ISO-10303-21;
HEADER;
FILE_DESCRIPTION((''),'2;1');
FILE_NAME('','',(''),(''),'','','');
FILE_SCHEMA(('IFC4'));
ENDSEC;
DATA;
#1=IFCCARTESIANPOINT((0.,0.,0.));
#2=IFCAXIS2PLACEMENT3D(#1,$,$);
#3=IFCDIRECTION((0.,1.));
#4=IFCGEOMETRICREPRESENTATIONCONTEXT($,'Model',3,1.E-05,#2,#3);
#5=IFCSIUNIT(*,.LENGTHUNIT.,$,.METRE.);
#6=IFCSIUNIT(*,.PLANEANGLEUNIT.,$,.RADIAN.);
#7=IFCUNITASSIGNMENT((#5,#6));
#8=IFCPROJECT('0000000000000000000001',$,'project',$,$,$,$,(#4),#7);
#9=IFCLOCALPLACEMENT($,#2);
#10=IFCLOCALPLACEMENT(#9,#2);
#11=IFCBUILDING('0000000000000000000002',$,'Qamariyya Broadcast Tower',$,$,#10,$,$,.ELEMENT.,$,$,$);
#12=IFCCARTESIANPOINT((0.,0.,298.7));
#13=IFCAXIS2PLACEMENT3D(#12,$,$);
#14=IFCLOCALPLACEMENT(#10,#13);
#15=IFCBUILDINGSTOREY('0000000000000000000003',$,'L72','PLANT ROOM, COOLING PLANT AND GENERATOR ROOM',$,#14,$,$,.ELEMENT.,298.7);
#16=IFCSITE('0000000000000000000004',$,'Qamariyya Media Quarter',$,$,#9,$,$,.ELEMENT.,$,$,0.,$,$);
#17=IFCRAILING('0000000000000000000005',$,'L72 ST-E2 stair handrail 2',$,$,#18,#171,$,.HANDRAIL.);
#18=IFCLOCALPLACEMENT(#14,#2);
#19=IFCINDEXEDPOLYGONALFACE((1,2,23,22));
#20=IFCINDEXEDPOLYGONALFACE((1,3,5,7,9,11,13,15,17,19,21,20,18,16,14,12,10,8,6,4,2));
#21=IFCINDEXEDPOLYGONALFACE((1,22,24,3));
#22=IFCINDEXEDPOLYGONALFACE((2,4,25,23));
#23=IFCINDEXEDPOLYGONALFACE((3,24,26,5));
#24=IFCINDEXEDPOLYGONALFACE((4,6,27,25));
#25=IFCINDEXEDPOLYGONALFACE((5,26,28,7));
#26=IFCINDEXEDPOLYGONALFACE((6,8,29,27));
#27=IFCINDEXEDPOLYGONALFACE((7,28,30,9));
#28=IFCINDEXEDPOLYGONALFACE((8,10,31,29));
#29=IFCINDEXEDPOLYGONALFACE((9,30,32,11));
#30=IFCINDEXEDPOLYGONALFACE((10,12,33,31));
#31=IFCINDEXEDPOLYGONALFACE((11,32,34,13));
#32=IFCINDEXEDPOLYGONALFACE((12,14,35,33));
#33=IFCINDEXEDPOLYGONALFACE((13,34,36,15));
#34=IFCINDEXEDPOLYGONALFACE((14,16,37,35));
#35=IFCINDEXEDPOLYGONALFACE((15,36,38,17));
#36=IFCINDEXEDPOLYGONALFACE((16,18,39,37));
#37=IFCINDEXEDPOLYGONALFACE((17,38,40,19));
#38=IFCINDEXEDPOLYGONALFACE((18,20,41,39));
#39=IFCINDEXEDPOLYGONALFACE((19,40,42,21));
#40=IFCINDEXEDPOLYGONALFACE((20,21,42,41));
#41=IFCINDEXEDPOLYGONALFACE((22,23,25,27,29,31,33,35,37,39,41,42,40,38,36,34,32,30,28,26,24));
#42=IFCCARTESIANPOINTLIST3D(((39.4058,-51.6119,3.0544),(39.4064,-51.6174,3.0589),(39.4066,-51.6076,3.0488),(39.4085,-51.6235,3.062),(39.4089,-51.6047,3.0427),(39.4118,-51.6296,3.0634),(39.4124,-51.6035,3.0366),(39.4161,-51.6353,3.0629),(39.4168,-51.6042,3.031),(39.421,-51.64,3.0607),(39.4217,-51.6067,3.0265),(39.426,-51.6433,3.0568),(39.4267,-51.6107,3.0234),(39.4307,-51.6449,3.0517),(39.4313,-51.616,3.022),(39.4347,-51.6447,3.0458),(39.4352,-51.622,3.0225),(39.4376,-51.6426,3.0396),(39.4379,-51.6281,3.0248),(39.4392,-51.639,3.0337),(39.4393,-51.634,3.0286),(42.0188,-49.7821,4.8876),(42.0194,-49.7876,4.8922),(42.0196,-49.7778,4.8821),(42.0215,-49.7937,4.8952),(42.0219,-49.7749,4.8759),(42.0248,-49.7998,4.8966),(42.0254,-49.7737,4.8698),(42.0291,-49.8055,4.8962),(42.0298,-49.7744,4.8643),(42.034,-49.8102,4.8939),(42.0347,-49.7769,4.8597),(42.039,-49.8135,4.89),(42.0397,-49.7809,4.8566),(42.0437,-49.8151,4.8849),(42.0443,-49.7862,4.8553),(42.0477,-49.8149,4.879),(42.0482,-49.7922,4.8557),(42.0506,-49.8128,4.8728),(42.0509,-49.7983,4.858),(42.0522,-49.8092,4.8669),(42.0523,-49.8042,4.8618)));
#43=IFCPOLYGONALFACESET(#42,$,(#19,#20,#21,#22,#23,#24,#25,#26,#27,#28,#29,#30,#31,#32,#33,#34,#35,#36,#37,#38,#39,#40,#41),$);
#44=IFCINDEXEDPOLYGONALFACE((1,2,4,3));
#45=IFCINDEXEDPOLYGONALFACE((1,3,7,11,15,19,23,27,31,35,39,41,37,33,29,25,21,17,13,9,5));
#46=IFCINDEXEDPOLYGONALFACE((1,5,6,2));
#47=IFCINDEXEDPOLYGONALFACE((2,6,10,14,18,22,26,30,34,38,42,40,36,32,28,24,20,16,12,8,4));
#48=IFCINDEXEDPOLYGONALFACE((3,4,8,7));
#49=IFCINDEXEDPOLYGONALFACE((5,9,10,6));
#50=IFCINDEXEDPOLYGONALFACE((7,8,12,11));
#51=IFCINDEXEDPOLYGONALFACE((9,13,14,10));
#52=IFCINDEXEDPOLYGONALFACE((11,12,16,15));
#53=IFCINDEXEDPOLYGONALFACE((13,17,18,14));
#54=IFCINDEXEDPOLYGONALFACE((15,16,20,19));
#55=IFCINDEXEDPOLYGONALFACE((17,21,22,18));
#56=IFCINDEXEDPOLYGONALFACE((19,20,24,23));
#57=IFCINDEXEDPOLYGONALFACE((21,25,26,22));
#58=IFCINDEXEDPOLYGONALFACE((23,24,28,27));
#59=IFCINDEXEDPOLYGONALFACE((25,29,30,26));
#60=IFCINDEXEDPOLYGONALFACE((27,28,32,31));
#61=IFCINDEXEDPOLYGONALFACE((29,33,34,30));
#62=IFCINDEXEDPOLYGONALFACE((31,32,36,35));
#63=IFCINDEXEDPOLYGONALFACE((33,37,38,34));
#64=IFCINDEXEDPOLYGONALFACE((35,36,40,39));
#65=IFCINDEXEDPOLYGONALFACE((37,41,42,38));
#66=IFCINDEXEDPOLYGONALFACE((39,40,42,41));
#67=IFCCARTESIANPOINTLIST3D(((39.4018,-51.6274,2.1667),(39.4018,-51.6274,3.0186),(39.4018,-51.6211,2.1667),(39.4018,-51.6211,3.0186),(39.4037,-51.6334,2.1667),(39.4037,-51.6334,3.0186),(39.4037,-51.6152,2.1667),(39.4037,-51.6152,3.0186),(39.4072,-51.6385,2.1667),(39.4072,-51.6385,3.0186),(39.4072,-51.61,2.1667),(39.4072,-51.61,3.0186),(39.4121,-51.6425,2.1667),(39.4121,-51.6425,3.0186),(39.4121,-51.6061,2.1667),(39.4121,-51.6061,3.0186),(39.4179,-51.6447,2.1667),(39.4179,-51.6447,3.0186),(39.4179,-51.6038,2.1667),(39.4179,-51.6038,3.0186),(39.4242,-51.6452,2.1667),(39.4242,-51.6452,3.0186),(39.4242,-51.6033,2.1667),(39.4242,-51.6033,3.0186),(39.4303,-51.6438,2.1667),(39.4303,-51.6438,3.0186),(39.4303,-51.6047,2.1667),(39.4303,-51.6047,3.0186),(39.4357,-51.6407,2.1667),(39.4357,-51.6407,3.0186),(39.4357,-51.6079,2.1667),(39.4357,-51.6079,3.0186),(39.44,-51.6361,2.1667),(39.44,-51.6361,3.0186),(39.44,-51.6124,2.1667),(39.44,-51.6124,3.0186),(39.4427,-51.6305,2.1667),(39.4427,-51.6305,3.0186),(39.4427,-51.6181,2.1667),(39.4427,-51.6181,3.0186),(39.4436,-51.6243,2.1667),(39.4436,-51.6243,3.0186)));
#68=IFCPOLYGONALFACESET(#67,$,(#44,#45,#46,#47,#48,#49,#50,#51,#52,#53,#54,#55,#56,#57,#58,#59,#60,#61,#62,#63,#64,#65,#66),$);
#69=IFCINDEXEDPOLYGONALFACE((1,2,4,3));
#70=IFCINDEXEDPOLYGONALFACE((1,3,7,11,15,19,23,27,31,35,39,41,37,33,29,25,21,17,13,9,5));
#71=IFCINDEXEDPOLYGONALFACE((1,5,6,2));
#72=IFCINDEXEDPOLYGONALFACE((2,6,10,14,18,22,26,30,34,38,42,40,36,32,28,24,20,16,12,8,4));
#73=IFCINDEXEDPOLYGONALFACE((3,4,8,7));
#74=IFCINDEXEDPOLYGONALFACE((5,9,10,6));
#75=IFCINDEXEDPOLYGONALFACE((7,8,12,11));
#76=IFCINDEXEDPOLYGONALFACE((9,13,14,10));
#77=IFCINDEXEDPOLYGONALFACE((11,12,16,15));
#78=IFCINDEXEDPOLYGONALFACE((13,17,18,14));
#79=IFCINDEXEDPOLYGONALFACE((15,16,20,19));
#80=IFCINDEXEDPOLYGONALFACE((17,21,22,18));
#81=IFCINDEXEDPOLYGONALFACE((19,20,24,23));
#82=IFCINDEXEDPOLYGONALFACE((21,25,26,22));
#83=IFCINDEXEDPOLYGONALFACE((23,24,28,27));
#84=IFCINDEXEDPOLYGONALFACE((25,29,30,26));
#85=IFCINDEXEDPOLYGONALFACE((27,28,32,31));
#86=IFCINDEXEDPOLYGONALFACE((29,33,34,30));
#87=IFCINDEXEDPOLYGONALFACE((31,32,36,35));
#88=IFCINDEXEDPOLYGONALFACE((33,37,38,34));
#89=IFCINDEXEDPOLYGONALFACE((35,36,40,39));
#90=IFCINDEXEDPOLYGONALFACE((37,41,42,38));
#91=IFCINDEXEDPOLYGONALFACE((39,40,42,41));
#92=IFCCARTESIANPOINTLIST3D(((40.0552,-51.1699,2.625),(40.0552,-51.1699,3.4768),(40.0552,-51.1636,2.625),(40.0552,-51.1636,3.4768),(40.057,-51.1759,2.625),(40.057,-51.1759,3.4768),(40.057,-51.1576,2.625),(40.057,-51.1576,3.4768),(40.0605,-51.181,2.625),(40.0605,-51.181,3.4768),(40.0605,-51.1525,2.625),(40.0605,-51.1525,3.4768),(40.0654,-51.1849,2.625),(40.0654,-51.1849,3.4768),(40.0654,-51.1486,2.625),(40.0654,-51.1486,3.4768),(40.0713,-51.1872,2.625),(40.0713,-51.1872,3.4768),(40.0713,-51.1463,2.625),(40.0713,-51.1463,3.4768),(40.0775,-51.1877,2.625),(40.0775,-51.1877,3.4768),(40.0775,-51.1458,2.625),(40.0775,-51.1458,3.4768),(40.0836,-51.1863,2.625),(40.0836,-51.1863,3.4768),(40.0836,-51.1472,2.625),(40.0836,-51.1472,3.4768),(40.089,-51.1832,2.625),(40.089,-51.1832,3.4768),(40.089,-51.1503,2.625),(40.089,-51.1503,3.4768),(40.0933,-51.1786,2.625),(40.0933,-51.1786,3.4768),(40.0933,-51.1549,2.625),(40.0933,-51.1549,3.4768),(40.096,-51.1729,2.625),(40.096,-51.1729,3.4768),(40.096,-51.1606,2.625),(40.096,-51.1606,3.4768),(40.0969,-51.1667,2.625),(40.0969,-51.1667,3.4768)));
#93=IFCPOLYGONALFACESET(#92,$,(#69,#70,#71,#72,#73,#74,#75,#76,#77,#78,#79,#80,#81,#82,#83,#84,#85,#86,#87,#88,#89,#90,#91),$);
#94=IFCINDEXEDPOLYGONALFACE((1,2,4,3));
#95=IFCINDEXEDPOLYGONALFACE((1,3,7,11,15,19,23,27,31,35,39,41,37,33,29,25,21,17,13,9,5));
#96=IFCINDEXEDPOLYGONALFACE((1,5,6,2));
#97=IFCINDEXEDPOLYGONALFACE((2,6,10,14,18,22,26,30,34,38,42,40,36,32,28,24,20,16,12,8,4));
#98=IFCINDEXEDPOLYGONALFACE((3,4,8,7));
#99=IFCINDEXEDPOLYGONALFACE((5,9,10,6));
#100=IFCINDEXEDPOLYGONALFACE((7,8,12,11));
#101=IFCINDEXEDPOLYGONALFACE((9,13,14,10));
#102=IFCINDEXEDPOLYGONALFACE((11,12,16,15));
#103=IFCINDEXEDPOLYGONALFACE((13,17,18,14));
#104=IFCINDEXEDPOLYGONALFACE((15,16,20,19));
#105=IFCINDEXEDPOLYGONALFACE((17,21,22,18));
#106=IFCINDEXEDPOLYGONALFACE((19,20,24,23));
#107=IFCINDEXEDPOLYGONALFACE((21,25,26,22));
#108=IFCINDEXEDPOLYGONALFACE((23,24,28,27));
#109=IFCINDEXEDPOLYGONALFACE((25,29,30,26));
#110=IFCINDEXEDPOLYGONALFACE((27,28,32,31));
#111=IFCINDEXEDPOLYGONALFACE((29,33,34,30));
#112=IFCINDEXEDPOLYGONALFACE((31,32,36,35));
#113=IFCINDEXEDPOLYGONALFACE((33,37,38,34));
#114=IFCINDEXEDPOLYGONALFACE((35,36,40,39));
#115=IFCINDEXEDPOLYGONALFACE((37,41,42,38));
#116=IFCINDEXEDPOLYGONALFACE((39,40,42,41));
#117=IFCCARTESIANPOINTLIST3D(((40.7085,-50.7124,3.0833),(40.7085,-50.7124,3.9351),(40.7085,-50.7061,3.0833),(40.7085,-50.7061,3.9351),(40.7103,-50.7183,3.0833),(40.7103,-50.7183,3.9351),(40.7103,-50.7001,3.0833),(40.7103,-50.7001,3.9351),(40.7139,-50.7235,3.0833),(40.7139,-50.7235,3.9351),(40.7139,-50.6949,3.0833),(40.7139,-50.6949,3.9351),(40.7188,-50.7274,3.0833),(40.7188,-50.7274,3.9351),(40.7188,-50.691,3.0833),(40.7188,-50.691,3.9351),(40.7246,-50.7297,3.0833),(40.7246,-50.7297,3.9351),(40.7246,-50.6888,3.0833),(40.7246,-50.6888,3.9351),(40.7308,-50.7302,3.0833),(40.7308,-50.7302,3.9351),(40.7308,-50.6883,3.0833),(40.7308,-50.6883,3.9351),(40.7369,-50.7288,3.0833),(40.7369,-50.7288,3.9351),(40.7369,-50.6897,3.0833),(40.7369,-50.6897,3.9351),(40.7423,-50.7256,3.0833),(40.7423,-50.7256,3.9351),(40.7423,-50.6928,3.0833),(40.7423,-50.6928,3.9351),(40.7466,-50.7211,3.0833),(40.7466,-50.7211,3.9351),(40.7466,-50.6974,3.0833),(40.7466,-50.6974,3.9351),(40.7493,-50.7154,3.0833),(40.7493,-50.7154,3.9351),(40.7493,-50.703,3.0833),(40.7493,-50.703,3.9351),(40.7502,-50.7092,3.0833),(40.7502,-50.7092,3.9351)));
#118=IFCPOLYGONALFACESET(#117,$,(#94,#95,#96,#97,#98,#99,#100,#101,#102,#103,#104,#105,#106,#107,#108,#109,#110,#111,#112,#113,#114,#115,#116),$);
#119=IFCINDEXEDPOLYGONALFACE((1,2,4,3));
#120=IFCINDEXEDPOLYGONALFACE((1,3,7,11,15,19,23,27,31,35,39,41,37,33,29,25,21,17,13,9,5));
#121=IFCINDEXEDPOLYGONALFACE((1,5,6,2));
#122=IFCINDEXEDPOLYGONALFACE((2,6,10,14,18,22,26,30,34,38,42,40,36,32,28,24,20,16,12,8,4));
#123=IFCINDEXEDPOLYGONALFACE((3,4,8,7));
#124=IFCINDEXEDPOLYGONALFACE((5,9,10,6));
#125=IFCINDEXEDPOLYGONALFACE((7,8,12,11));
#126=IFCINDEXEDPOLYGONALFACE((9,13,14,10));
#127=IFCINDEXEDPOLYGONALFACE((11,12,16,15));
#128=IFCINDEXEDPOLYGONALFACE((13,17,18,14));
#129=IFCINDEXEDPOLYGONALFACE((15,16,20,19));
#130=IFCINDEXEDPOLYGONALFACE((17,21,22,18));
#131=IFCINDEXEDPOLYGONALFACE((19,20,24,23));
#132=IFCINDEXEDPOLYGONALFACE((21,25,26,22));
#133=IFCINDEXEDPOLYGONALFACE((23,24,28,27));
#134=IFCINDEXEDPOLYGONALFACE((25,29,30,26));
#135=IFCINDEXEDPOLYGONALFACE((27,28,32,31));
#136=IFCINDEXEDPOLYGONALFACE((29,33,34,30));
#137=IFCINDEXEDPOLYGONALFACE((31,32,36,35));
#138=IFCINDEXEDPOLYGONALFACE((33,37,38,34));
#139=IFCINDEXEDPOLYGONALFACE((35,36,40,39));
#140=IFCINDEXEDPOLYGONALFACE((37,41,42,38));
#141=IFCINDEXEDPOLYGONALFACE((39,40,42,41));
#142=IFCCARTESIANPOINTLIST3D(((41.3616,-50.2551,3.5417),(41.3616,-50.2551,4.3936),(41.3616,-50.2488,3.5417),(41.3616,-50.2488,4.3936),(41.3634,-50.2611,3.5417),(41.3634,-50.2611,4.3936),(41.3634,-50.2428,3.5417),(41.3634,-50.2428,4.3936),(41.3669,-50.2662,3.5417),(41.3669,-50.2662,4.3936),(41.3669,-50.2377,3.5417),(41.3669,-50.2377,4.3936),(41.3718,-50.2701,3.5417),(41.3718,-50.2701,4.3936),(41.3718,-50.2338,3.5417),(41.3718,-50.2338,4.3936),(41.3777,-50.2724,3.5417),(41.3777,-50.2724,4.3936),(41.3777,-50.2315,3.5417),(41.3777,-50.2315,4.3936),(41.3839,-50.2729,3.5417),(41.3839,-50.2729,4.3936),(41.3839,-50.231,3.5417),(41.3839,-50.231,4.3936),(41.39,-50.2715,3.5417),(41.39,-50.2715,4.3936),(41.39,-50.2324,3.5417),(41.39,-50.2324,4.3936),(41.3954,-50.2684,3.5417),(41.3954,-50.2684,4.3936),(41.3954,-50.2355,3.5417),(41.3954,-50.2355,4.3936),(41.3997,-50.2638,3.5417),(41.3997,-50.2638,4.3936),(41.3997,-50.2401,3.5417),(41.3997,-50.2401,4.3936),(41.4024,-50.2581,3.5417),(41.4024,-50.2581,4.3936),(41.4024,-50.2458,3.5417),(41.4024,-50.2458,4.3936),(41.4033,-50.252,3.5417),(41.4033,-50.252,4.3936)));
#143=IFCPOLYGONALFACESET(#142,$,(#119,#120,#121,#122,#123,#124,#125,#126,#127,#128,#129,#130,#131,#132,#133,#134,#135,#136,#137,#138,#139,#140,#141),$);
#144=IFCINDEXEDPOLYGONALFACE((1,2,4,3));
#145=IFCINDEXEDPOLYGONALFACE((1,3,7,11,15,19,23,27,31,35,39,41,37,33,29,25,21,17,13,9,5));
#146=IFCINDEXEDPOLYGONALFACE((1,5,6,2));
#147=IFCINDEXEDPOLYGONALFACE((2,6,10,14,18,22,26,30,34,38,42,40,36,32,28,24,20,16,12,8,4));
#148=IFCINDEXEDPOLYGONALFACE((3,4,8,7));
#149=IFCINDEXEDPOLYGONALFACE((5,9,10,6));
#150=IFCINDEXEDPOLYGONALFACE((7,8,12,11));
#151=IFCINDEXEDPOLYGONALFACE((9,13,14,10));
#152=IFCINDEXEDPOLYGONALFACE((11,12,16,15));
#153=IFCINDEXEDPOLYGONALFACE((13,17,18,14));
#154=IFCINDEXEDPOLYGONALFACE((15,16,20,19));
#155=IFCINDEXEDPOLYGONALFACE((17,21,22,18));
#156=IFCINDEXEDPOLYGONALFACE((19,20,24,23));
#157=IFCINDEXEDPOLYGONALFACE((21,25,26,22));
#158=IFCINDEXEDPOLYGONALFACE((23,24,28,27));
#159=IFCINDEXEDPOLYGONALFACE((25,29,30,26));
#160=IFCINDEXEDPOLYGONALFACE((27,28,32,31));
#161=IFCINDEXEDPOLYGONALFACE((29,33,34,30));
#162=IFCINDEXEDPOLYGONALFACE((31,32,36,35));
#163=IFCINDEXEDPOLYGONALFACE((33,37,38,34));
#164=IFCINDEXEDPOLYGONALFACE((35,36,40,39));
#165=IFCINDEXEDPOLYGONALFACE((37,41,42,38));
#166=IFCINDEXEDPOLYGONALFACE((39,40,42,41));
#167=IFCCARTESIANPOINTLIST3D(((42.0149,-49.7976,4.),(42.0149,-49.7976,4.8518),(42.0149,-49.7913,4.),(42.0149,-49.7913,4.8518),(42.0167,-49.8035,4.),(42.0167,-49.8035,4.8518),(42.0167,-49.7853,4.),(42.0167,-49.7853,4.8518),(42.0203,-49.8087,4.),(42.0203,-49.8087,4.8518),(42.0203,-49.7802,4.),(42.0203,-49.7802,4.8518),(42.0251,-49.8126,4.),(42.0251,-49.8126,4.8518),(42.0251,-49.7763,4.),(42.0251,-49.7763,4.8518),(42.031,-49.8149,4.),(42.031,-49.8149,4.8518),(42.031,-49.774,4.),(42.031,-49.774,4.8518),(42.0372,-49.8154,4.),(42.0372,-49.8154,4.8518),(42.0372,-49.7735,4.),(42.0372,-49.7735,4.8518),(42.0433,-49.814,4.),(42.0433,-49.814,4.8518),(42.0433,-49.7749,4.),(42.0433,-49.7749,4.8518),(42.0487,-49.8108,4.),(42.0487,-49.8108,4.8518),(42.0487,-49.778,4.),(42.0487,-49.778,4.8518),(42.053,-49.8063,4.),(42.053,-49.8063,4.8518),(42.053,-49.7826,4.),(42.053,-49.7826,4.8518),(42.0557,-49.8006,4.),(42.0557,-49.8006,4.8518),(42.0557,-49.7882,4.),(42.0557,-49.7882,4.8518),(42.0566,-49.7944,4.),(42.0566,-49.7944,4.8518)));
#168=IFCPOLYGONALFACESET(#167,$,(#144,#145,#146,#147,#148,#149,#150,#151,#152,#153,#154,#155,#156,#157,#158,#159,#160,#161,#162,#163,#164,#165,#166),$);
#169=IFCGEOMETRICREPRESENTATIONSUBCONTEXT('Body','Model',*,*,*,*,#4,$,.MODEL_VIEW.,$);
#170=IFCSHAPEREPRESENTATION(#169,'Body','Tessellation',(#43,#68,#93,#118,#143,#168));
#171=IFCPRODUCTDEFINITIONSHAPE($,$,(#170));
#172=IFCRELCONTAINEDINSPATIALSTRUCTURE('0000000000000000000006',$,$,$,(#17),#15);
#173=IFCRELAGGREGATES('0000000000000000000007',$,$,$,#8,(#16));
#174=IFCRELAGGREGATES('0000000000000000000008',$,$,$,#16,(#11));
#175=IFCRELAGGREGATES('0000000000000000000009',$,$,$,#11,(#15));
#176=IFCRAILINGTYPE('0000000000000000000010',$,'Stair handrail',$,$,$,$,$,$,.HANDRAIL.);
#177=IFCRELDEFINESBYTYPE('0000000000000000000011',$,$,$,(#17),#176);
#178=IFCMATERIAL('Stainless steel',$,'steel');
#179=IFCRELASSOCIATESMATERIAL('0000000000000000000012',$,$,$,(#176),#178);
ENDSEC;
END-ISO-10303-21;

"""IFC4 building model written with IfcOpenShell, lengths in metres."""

from ifc_helpers import new_model, si_unit, direction, frame, origin, origin_2d, place, context, subcontext, project, spatial, circle, extrude, material, type_object, element, save


model = new_model("IFC4")

# Units and contexts
model_context = context("Model", 3, precision=1e-05, world=origin(), true_north=direction((0.0, 1.0)))
body_context = subcontext(model_context, "Body", "Model", "MODEL_VIEW")
ifc_project = project(units=[si_unit("LENGTHUNIT", "METRE"), si_unit("PLANEANGLEUNIT", "RADIAN")], contexts=[model_context])

# Site, building, storey
site_placement = place(None, origin())
site = spatial("IfcSite", under=ifc_project, at=site_placement, Name="Qamariyya Media Quarter", CompositionType="ELEMENT", RefElevation=0.0)
building_placement = place(site_placement, origin())
building = spatial("IfcBuilding", under=site, at=building_placement, Name="Qamariyya Broadcast Tower", CompositionType="ELEMENT")
storey_placement = place(building_placement, frame((0.0, 0.0, 298.7)))
storey = spatial("IfcBuildingStorey", under=building, at=storey_placement, Name="L72", Description="PLANT ROOM, COOLING PLANT AND GENERATOR ROOM", CompositionType="ELEMENT", Elevation=298.7)

# Railing
ifc_material_1 = material(Name="Stainless steel", Category="steel")
railing_type_1 = type_object("IfcRailingType", Name="Stair handrail", PredefinedType="HANDRAIL", material=ifc_material_1)
railing_1_placement = place(storey_placement, frame((39.4226, -51.6243, 2.1667)))
element("IfcRailing", 1, at=railing_1_placement, inside=storey, type_object=railing_type_1, Name="L72 ST-E2 stair handrail 2", PredefinedType="HANDRAIL", context=body_context, shape_type="SweptSolid", body=[
    extrude(circle(Radius=0.0239, at=origin_2d()), frame((0.0, 0.0, 0.876), z_axis=(0.710204, 0.497335, 0.498264), x_axis=(-0.573611, 0.819128, 0.0)), (0.0, 0.0, 1.0), 3.6792),
    extrude(circle(Radius=0.021, at=origin_2d()), origin(), (0.0, 0.0, 1.0), 0.8518),
    extrude(circle(Radius=0.021, at=origin_2d()), frame((0.6533, 0.4575, 0.4583)), (0.0, 0.0, 1.0), 0.8518),
    extrude(circle(Radius=0.021, at=origin_2d()), frame((1.3066, 0.915, 0.9165)), (0.0, 0.0, 1.0), 0.8518),
    extrude(circle(Radius=0.021, at=origin_2d()), frame((1.9597, 1.3723, 1.375)), (0.0, 0.0, 1.0), 0.8518),
    extrude(circle(Radius=0.021, at=origin_2d()), frame((2.613, 1.8298, 1.8333)), (0.0, 0.0, 1.0), 0.8518),
])

save(model, "model.ifc")
